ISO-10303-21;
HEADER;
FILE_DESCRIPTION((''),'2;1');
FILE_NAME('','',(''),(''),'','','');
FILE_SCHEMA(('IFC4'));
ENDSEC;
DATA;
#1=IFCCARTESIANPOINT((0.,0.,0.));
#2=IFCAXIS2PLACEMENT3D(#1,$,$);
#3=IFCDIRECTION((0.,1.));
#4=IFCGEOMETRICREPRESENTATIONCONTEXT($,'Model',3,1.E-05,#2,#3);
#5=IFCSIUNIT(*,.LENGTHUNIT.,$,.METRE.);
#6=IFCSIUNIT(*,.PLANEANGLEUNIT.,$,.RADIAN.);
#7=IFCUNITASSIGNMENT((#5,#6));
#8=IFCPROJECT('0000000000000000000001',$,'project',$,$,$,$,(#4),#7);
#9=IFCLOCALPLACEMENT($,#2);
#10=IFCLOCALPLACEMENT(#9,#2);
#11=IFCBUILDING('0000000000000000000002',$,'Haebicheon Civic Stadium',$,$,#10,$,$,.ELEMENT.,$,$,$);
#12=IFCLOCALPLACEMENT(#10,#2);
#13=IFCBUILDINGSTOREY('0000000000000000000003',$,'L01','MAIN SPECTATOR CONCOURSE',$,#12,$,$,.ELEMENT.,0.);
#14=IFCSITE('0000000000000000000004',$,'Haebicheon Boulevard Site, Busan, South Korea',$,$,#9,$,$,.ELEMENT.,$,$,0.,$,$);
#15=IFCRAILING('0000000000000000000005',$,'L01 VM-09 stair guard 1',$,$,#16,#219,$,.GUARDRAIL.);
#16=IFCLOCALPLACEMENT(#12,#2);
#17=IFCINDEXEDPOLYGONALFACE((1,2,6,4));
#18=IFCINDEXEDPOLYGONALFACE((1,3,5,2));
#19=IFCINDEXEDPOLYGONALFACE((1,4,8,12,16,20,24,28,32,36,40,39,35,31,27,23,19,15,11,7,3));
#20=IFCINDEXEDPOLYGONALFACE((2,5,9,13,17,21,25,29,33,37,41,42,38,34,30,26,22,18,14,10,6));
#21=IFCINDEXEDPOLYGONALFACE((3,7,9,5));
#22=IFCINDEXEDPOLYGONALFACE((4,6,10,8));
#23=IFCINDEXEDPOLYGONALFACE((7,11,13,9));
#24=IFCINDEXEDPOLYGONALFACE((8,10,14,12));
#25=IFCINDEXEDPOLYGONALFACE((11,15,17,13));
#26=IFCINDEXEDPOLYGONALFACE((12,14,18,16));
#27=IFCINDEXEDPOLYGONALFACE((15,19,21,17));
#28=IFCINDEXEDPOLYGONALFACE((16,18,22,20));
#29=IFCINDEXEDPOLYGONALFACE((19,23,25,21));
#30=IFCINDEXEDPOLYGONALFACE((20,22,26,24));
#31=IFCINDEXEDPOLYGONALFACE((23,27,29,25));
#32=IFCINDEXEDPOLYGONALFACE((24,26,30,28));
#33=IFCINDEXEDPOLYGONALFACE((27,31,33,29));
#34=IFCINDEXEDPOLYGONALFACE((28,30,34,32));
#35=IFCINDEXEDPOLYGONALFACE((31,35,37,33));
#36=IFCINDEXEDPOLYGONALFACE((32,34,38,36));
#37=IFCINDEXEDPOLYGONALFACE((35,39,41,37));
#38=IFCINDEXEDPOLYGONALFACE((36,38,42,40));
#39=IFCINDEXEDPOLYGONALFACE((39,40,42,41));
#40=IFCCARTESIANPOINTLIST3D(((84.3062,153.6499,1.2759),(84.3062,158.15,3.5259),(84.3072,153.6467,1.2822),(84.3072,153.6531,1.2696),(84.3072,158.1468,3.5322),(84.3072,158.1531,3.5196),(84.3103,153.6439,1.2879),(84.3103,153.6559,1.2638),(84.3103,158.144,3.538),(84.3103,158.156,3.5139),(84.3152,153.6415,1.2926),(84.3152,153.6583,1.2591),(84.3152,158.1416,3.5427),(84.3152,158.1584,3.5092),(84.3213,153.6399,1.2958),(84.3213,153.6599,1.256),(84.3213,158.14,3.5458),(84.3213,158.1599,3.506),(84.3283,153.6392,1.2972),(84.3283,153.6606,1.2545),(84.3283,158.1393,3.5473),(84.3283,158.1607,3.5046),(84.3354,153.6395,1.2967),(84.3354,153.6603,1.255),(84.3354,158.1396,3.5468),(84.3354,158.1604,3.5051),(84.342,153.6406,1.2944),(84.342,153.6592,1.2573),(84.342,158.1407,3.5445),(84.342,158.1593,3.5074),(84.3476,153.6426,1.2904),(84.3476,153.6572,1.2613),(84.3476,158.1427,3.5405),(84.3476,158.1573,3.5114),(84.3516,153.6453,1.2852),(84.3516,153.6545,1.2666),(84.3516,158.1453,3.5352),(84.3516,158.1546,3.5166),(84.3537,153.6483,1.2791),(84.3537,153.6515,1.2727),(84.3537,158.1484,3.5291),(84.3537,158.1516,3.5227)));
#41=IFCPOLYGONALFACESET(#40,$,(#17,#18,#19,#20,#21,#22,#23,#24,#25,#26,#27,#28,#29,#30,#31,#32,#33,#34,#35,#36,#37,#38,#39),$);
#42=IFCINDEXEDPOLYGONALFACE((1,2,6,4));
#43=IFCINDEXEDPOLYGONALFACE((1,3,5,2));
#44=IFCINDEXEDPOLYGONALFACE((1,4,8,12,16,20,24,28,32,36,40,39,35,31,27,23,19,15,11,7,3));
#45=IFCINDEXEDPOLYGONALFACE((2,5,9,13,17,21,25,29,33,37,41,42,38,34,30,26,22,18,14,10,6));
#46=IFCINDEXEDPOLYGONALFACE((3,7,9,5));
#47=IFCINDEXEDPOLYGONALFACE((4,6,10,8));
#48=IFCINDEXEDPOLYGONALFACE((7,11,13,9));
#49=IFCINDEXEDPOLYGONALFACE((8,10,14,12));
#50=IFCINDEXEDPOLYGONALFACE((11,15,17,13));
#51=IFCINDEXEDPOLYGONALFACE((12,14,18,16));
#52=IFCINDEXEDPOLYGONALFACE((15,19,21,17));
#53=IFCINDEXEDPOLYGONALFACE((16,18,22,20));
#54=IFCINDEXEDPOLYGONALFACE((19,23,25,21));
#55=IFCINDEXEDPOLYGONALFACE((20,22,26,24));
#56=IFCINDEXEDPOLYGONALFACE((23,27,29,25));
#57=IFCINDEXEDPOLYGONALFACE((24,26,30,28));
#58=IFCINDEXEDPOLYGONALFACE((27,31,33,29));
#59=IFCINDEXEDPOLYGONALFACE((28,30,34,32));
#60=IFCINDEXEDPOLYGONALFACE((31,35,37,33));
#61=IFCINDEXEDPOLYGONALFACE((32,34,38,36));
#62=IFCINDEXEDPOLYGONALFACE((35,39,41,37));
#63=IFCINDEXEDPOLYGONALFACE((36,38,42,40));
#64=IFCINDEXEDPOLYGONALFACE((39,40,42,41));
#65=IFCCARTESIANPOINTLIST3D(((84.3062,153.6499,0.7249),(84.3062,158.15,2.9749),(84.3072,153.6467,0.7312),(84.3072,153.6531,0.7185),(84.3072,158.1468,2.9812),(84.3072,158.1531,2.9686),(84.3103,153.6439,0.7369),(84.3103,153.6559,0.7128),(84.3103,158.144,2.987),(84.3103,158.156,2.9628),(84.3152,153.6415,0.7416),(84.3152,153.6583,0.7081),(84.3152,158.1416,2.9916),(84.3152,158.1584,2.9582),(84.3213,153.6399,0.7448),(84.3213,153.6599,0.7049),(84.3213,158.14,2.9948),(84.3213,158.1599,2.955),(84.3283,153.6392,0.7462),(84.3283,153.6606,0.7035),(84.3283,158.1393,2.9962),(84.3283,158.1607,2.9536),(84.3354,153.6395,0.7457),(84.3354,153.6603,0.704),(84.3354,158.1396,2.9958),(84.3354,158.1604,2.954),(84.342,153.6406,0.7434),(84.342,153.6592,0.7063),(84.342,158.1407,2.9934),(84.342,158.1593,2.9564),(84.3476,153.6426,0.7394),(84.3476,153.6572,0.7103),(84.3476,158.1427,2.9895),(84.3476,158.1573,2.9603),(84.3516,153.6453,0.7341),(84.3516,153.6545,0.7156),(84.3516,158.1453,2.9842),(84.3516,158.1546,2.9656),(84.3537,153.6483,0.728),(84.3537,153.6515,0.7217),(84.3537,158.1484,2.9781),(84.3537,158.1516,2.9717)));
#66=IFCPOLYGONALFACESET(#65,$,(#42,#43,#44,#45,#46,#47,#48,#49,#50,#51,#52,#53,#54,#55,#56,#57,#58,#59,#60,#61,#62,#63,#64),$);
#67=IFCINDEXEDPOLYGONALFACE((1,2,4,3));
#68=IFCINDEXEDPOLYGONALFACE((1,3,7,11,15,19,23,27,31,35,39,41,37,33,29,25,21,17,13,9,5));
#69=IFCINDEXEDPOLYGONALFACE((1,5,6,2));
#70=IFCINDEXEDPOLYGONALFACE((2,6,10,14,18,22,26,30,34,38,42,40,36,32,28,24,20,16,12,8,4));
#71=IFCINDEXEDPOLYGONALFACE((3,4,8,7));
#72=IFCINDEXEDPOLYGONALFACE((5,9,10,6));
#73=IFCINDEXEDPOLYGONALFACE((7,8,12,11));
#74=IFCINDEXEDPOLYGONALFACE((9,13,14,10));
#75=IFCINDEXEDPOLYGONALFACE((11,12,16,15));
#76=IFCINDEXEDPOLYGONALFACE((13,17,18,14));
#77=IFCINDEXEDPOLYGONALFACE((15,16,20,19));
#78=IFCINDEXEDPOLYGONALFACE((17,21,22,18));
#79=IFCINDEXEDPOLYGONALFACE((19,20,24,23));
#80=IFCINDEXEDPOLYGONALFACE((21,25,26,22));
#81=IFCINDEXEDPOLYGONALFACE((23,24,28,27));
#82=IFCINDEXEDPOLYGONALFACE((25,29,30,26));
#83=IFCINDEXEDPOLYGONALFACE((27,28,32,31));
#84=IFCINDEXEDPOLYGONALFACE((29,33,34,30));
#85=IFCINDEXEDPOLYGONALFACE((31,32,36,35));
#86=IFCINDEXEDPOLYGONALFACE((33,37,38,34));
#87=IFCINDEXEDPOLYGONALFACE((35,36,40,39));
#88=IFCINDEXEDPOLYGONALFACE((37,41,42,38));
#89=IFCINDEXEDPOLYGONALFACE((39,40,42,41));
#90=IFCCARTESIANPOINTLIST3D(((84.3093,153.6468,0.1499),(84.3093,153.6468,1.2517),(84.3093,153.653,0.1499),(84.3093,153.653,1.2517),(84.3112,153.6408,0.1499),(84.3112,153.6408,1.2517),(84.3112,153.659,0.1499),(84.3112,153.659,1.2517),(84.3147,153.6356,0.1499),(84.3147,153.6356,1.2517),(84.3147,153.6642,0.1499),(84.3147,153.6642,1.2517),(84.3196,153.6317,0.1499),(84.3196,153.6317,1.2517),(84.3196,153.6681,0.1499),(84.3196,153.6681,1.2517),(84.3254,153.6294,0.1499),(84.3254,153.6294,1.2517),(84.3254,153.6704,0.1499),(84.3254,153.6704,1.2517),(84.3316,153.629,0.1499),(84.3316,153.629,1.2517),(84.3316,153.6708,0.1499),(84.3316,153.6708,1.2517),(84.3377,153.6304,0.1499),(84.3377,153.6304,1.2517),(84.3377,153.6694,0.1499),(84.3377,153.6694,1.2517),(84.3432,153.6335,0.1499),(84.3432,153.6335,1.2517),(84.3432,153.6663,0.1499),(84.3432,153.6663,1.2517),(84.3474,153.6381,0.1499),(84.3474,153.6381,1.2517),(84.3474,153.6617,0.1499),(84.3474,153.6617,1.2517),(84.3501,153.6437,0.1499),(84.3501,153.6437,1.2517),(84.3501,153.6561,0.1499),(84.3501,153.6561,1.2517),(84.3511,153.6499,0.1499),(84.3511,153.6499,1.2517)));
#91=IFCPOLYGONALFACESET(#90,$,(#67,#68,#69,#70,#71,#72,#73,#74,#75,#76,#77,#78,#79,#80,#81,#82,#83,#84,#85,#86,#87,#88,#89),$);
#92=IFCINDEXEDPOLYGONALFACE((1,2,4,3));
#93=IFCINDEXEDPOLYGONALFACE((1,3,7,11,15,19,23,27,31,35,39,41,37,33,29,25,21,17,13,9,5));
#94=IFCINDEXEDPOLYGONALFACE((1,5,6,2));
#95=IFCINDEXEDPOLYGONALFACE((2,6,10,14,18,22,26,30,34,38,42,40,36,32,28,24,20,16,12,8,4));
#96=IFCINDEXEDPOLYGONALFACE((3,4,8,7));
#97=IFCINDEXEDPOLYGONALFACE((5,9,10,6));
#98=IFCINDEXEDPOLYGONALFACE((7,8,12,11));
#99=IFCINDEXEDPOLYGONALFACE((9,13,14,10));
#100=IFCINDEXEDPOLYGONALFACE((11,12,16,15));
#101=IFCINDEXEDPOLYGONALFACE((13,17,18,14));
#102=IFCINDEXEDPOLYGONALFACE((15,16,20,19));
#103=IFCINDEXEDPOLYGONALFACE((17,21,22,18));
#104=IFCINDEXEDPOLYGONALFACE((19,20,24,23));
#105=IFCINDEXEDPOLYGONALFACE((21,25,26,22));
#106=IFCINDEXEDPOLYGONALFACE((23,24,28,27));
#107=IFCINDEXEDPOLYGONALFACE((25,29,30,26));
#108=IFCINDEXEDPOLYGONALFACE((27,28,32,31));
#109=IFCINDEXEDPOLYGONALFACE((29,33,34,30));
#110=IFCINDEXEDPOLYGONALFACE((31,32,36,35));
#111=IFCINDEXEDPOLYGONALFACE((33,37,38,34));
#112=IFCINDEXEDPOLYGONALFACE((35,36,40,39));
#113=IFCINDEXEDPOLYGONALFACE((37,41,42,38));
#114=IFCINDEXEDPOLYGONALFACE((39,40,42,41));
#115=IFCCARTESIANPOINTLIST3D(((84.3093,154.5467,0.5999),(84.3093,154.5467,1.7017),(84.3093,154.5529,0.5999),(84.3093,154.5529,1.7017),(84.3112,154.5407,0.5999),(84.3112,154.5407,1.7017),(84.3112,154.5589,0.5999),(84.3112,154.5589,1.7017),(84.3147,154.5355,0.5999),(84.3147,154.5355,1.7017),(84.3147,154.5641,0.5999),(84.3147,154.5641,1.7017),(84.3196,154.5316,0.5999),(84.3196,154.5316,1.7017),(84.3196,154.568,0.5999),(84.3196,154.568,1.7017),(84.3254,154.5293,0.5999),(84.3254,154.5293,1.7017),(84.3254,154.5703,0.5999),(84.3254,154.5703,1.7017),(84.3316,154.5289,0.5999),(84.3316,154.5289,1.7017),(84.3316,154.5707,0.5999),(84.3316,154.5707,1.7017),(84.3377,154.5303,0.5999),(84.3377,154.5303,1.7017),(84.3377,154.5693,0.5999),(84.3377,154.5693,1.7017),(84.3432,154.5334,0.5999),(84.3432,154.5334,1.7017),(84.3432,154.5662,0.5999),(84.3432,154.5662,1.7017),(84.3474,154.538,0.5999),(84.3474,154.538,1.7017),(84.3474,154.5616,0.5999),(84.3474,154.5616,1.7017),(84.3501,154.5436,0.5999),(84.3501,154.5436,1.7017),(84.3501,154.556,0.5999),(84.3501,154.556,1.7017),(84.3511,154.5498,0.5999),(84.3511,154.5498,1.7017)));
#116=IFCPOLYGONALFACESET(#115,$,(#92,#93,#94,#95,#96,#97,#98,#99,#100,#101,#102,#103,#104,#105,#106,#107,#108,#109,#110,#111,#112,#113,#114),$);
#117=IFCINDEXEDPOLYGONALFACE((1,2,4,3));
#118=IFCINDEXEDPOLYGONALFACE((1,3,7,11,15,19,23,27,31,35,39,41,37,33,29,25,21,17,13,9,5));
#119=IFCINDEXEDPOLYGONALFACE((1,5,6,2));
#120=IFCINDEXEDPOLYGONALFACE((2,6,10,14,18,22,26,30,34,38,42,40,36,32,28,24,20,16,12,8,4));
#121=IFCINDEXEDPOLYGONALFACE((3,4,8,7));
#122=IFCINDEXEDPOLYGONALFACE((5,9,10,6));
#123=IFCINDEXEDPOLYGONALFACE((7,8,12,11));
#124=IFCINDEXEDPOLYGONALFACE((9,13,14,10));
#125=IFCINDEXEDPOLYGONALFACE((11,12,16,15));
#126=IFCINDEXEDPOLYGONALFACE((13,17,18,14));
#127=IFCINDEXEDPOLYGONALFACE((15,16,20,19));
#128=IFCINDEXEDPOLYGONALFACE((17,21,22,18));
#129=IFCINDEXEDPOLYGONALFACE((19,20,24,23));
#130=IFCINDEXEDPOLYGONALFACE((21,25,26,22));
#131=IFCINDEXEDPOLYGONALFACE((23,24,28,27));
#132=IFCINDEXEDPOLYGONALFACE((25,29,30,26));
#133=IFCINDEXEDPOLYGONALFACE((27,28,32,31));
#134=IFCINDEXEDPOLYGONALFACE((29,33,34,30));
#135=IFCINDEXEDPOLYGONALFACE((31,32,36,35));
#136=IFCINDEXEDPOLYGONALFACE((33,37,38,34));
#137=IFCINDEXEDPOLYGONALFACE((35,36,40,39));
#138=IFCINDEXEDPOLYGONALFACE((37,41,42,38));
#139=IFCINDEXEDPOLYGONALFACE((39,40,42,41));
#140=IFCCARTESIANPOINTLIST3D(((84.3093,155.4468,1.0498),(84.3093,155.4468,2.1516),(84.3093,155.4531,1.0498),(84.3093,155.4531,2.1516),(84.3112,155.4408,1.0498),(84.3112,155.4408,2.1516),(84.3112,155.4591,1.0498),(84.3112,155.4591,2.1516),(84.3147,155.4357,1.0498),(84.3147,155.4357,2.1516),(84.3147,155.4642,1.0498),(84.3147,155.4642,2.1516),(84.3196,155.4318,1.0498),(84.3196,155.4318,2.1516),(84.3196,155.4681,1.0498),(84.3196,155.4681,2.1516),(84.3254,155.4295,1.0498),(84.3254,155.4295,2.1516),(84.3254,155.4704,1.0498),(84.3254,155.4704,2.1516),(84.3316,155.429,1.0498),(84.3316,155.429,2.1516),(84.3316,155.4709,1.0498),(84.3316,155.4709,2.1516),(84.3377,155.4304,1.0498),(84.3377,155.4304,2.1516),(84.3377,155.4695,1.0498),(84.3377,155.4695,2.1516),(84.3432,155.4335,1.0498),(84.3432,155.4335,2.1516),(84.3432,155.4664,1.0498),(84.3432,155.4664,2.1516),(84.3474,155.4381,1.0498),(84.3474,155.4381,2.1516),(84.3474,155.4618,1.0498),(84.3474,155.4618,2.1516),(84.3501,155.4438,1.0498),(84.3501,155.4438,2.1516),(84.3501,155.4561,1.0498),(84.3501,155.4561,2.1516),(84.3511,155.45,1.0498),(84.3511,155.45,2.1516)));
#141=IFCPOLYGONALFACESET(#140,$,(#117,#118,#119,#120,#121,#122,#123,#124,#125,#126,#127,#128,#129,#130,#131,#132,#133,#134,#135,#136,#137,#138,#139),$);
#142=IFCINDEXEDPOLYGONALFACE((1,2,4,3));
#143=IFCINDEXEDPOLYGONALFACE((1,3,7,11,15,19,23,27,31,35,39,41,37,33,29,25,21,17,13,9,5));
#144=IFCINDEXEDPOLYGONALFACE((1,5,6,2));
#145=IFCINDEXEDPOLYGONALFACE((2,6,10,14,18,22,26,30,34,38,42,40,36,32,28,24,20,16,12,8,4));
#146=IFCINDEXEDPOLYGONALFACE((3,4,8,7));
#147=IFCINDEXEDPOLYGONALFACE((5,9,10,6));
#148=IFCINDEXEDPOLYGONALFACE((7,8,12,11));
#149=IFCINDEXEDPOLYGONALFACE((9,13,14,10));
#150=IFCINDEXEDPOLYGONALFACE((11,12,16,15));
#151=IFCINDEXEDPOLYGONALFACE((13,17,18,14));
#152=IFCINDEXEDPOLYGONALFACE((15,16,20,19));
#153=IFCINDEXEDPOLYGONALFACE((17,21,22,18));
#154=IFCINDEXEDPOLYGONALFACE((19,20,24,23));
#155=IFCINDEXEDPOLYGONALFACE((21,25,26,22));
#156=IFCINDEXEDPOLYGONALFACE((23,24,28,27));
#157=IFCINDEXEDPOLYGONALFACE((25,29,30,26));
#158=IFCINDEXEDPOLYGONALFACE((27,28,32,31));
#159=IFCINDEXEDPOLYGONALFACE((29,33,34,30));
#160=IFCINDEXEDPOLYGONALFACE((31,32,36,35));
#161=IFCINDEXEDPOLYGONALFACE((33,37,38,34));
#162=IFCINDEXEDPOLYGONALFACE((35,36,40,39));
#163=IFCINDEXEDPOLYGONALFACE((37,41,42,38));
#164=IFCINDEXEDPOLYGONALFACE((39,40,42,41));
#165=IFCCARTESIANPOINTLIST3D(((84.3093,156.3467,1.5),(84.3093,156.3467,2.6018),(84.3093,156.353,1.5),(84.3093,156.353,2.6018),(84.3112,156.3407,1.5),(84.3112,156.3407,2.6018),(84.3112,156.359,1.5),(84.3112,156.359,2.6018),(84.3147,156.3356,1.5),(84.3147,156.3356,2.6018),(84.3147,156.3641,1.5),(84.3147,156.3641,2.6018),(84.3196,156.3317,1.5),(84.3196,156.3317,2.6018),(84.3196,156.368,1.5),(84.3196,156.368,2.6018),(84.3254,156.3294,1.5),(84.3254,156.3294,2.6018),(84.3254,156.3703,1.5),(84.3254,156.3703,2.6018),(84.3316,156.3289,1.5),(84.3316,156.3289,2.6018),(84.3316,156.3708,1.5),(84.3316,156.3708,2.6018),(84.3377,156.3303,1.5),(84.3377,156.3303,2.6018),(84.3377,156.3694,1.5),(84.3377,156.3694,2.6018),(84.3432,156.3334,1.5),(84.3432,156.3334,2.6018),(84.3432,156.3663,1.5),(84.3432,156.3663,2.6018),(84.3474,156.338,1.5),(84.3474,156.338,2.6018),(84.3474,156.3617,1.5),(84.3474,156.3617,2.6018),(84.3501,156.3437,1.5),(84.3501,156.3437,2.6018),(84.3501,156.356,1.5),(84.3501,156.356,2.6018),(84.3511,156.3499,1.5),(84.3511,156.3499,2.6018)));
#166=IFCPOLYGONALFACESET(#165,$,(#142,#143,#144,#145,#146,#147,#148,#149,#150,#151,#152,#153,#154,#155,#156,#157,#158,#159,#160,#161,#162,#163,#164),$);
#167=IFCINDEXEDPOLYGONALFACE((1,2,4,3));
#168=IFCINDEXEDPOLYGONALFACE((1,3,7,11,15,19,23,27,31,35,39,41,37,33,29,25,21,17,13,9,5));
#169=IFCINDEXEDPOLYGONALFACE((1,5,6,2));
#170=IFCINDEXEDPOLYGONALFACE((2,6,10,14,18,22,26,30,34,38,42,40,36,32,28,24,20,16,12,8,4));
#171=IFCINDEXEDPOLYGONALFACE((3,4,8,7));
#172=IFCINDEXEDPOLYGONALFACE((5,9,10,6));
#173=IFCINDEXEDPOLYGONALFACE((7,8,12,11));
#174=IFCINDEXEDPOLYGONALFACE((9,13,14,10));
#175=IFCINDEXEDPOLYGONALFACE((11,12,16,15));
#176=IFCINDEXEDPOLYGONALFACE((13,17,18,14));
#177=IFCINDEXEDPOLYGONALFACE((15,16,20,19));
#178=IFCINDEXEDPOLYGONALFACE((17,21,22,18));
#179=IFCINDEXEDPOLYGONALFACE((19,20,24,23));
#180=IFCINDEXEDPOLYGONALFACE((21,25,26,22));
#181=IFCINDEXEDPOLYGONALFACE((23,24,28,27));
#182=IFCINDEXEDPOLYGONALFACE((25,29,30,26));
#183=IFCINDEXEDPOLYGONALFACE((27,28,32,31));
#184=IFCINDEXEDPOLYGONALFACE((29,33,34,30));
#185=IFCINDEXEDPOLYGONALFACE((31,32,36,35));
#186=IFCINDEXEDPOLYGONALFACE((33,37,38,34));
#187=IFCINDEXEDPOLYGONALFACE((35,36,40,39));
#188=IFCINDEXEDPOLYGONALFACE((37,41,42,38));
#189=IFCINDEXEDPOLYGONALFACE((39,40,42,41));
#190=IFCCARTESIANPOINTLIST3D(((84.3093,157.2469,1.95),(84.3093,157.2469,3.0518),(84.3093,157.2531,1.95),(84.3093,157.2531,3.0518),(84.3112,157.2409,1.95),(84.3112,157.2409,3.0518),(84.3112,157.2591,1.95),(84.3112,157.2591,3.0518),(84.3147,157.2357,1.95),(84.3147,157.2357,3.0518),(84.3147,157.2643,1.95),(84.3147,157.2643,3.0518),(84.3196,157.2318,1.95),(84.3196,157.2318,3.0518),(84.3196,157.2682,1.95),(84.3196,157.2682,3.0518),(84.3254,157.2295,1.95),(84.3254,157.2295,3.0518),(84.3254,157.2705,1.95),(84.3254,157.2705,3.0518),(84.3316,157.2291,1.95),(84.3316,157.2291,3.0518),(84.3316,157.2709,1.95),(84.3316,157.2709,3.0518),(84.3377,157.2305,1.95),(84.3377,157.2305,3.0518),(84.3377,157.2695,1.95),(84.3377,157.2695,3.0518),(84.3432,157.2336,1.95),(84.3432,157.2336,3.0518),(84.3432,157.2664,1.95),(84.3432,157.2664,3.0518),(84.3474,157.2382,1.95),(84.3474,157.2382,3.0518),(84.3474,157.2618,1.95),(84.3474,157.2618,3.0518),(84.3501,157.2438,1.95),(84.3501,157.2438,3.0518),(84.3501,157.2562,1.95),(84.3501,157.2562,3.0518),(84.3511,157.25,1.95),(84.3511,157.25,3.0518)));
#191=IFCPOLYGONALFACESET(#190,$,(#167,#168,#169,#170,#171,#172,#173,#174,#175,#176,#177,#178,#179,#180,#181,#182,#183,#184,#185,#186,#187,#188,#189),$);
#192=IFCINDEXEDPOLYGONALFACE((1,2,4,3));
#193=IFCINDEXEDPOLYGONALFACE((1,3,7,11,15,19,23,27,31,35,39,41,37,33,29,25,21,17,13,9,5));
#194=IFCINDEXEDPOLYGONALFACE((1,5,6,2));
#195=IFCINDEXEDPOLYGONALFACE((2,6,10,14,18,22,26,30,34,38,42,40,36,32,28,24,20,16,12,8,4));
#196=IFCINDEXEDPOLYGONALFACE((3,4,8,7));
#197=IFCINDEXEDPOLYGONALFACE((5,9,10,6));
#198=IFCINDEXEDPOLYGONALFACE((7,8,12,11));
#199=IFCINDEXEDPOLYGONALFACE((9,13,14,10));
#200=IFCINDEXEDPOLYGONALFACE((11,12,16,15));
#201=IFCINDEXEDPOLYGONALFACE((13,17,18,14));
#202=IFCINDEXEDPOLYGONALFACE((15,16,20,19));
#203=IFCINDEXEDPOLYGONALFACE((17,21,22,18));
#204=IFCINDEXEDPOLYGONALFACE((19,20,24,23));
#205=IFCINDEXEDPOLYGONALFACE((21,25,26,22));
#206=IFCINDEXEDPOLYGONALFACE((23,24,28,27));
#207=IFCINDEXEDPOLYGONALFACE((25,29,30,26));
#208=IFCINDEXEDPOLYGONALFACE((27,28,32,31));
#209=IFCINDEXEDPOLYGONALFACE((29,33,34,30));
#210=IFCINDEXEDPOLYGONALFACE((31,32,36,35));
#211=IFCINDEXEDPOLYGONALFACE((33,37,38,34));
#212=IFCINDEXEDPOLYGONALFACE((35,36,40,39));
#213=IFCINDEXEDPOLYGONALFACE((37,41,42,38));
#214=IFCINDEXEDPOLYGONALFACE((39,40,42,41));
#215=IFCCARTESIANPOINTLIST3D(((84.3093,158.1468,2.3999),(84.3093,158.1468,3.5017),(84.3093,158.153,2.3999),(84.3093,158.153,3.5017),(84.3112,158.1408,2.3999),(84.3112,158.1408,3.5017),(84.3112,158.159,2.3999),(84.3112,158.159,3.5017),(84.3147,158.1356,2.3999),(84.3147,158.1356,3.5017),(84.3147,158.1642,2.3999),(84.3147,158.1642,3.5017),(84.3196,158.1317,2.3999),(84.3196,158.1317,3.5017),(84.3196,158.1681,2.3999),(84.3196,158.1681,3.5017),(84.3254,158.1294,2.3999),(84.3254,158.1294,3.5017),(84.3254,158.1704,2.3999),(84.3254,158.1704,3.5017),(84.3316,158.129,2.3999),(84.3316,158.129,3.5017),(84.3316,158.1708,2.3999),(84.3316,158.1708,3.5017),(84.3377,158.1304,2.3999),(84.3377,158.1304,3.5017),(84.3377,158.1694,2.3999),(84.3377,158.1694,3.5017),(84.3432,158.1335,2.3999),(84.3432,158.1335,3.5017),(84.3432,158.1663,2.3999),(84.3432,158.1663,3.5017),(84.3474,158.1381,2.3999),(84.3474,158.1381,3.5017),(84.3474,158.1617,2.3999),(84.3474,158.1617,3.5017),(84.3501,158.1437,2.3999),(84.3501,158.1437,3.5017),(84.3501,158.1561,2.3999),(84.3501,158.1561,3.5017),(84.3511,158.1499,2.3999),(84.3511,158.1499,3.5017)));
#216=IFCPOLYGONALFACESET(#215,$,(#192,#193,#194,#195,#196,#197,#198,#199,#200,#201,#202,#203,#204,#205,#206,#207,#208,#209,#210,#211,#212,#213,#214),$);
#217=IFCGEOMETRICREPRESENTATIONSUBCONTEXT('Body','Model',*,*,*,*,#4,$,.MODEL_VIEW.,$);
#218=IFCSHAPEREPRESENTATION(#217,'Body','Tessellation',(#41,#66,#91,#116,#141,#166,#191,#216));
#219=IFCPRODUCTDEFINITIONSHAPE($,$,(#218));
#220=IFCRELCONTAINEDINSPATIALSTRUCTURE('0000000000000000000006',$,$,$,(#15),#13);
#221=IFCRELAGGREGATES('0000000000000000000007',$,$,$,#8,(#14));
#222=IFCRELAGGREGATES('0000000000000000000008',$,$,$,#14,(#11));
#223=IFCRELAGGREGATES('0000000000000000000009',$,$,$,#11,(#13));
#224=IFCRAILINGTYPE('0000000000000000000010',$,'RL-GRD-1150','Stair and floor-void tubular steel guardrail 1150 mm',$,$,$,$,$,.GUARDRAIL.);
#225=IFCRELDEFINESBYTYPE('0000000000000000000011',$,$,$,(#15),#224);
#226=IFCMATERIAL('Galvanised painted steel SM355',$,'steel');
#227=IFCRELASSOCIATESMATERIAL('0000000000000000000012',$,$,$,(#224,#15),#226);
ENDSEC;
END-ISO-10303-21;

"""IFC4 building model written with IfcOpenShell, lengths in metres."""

from ifc_helpers import new_model, si_unit, direction, frame, origin, origin_2d, place, context, subcontext, project, spatial, circle, extrude, material, type_object, element, save


model = new_model("IFC4")

# Units and contexts
model_context = context("Model", 3, precision=1e-05, world=origin(), true_north=direction((0.0, 1.0)))
body_context = subcontext(model_context, "Body", "Model", "MODEL_VIEW")
ifc_project = project(units=[si_unit("LENGTHUNIT", "METRE"), si_unit("PLANEANGLEUNIT", "RADIAN")], contexts=[model_context])

# Site, building, storey
site_placement = place(None, origin())
site = spatial("IfcSite", under=ifc_project, at=site_placement, Name="Haebicheon Boulevard Site, Busan, South Korea", CompositionType="ELEMENT", RefElevation=0.0)
building_placement = place(site_placement, origin())
building = spatial("IfcBuilding", under=site, at=building_placement, Name="Haebicheon Civic Stadium", CompositionType="ELEMENT")
storey_placement = place(building_placement, origin())
storey = spatial("IfcBuildingStorey", under=building, at=storey_placement, Name="L01", Description="MAIN SPECTATOR CONCOURSE", CompositionType="ELEMENT", Elevation=0.0)

# Railing
ifc_material_1 = material(Name="Galvanised painted steel SM355", Category="steel")
railing_type_1 = type_object("IfcRailingType", Name="RL-GRD-1150", Description="Stair and floor-void tubular steel guardrail 1150 mm", PredefinedType="GUARDRAIL", material=ifc_material_1)
railing_1_placement = place(storey_placement, frame((84.3301, 153.6499, 0.1499)))
element("IfcRailing", 1, at=railing_1_placement, inside=storey, type_object=railing_type_1, material=ifc_material_1, Name="L01 VM-09 stair guard 1", PredefinedType="GUARDRAIL", context=body_context, shape_type="SweptSolid", body=[
    extrude(circle(Radius=0.0239, at=origin_2d()), frame((0.0, 0.0, 1.126), z_axis=(0.0, 0.894427, 0.447214), x_axis=(-1.0, 0.0, 0.0)), (0.0, 0.0, 1.0), 5.0312),
    extrude(circle(Radius=0.0239, at=origin_2d()), frame((0.0, 0.0, 0.575), z_axis=(0.0, 0.894427, 0.447214), x_axis=(-1.0, 0.0, 0.0)), (0.0, 0.0, 1.0), 5.0312),
    extrude(circle(Radius=0.021, at=origin_2d()), origin(), (0.0, 0.0, 1.0), 1.1018),
    extrude(circle(Radius=0.021, at=origin_2d()), frame((0.0, 0.8999, 0.45)), (0.0, 0.0, 1.0), 1.1018),
    extrude(circle(Radius=0.021, at=origin_2d()), frame((0.0, 1.8, 0.8999)), (0.0, 0.0, 1.0), 1.1018),
    extrude(circle(Radius=0.021, at=origin_2d()), frame((0.0, 2.7, 1.3501)), (0.0, 0.0, 1.0), 1.1018),
    extrude(circle(Radius=0.021, at=origin_2d()), frame((0.0, 3.6001, 1.8)), (0.0, 0.0, 1.0), 1.1018),
    extrude(circle(Radius=0.021, at=origin_2d()), frame((0.0, 4.5, 2.25)), (0.0, 0.0, 1.0), 1.1018),
])

save(model, "model.ifc")
